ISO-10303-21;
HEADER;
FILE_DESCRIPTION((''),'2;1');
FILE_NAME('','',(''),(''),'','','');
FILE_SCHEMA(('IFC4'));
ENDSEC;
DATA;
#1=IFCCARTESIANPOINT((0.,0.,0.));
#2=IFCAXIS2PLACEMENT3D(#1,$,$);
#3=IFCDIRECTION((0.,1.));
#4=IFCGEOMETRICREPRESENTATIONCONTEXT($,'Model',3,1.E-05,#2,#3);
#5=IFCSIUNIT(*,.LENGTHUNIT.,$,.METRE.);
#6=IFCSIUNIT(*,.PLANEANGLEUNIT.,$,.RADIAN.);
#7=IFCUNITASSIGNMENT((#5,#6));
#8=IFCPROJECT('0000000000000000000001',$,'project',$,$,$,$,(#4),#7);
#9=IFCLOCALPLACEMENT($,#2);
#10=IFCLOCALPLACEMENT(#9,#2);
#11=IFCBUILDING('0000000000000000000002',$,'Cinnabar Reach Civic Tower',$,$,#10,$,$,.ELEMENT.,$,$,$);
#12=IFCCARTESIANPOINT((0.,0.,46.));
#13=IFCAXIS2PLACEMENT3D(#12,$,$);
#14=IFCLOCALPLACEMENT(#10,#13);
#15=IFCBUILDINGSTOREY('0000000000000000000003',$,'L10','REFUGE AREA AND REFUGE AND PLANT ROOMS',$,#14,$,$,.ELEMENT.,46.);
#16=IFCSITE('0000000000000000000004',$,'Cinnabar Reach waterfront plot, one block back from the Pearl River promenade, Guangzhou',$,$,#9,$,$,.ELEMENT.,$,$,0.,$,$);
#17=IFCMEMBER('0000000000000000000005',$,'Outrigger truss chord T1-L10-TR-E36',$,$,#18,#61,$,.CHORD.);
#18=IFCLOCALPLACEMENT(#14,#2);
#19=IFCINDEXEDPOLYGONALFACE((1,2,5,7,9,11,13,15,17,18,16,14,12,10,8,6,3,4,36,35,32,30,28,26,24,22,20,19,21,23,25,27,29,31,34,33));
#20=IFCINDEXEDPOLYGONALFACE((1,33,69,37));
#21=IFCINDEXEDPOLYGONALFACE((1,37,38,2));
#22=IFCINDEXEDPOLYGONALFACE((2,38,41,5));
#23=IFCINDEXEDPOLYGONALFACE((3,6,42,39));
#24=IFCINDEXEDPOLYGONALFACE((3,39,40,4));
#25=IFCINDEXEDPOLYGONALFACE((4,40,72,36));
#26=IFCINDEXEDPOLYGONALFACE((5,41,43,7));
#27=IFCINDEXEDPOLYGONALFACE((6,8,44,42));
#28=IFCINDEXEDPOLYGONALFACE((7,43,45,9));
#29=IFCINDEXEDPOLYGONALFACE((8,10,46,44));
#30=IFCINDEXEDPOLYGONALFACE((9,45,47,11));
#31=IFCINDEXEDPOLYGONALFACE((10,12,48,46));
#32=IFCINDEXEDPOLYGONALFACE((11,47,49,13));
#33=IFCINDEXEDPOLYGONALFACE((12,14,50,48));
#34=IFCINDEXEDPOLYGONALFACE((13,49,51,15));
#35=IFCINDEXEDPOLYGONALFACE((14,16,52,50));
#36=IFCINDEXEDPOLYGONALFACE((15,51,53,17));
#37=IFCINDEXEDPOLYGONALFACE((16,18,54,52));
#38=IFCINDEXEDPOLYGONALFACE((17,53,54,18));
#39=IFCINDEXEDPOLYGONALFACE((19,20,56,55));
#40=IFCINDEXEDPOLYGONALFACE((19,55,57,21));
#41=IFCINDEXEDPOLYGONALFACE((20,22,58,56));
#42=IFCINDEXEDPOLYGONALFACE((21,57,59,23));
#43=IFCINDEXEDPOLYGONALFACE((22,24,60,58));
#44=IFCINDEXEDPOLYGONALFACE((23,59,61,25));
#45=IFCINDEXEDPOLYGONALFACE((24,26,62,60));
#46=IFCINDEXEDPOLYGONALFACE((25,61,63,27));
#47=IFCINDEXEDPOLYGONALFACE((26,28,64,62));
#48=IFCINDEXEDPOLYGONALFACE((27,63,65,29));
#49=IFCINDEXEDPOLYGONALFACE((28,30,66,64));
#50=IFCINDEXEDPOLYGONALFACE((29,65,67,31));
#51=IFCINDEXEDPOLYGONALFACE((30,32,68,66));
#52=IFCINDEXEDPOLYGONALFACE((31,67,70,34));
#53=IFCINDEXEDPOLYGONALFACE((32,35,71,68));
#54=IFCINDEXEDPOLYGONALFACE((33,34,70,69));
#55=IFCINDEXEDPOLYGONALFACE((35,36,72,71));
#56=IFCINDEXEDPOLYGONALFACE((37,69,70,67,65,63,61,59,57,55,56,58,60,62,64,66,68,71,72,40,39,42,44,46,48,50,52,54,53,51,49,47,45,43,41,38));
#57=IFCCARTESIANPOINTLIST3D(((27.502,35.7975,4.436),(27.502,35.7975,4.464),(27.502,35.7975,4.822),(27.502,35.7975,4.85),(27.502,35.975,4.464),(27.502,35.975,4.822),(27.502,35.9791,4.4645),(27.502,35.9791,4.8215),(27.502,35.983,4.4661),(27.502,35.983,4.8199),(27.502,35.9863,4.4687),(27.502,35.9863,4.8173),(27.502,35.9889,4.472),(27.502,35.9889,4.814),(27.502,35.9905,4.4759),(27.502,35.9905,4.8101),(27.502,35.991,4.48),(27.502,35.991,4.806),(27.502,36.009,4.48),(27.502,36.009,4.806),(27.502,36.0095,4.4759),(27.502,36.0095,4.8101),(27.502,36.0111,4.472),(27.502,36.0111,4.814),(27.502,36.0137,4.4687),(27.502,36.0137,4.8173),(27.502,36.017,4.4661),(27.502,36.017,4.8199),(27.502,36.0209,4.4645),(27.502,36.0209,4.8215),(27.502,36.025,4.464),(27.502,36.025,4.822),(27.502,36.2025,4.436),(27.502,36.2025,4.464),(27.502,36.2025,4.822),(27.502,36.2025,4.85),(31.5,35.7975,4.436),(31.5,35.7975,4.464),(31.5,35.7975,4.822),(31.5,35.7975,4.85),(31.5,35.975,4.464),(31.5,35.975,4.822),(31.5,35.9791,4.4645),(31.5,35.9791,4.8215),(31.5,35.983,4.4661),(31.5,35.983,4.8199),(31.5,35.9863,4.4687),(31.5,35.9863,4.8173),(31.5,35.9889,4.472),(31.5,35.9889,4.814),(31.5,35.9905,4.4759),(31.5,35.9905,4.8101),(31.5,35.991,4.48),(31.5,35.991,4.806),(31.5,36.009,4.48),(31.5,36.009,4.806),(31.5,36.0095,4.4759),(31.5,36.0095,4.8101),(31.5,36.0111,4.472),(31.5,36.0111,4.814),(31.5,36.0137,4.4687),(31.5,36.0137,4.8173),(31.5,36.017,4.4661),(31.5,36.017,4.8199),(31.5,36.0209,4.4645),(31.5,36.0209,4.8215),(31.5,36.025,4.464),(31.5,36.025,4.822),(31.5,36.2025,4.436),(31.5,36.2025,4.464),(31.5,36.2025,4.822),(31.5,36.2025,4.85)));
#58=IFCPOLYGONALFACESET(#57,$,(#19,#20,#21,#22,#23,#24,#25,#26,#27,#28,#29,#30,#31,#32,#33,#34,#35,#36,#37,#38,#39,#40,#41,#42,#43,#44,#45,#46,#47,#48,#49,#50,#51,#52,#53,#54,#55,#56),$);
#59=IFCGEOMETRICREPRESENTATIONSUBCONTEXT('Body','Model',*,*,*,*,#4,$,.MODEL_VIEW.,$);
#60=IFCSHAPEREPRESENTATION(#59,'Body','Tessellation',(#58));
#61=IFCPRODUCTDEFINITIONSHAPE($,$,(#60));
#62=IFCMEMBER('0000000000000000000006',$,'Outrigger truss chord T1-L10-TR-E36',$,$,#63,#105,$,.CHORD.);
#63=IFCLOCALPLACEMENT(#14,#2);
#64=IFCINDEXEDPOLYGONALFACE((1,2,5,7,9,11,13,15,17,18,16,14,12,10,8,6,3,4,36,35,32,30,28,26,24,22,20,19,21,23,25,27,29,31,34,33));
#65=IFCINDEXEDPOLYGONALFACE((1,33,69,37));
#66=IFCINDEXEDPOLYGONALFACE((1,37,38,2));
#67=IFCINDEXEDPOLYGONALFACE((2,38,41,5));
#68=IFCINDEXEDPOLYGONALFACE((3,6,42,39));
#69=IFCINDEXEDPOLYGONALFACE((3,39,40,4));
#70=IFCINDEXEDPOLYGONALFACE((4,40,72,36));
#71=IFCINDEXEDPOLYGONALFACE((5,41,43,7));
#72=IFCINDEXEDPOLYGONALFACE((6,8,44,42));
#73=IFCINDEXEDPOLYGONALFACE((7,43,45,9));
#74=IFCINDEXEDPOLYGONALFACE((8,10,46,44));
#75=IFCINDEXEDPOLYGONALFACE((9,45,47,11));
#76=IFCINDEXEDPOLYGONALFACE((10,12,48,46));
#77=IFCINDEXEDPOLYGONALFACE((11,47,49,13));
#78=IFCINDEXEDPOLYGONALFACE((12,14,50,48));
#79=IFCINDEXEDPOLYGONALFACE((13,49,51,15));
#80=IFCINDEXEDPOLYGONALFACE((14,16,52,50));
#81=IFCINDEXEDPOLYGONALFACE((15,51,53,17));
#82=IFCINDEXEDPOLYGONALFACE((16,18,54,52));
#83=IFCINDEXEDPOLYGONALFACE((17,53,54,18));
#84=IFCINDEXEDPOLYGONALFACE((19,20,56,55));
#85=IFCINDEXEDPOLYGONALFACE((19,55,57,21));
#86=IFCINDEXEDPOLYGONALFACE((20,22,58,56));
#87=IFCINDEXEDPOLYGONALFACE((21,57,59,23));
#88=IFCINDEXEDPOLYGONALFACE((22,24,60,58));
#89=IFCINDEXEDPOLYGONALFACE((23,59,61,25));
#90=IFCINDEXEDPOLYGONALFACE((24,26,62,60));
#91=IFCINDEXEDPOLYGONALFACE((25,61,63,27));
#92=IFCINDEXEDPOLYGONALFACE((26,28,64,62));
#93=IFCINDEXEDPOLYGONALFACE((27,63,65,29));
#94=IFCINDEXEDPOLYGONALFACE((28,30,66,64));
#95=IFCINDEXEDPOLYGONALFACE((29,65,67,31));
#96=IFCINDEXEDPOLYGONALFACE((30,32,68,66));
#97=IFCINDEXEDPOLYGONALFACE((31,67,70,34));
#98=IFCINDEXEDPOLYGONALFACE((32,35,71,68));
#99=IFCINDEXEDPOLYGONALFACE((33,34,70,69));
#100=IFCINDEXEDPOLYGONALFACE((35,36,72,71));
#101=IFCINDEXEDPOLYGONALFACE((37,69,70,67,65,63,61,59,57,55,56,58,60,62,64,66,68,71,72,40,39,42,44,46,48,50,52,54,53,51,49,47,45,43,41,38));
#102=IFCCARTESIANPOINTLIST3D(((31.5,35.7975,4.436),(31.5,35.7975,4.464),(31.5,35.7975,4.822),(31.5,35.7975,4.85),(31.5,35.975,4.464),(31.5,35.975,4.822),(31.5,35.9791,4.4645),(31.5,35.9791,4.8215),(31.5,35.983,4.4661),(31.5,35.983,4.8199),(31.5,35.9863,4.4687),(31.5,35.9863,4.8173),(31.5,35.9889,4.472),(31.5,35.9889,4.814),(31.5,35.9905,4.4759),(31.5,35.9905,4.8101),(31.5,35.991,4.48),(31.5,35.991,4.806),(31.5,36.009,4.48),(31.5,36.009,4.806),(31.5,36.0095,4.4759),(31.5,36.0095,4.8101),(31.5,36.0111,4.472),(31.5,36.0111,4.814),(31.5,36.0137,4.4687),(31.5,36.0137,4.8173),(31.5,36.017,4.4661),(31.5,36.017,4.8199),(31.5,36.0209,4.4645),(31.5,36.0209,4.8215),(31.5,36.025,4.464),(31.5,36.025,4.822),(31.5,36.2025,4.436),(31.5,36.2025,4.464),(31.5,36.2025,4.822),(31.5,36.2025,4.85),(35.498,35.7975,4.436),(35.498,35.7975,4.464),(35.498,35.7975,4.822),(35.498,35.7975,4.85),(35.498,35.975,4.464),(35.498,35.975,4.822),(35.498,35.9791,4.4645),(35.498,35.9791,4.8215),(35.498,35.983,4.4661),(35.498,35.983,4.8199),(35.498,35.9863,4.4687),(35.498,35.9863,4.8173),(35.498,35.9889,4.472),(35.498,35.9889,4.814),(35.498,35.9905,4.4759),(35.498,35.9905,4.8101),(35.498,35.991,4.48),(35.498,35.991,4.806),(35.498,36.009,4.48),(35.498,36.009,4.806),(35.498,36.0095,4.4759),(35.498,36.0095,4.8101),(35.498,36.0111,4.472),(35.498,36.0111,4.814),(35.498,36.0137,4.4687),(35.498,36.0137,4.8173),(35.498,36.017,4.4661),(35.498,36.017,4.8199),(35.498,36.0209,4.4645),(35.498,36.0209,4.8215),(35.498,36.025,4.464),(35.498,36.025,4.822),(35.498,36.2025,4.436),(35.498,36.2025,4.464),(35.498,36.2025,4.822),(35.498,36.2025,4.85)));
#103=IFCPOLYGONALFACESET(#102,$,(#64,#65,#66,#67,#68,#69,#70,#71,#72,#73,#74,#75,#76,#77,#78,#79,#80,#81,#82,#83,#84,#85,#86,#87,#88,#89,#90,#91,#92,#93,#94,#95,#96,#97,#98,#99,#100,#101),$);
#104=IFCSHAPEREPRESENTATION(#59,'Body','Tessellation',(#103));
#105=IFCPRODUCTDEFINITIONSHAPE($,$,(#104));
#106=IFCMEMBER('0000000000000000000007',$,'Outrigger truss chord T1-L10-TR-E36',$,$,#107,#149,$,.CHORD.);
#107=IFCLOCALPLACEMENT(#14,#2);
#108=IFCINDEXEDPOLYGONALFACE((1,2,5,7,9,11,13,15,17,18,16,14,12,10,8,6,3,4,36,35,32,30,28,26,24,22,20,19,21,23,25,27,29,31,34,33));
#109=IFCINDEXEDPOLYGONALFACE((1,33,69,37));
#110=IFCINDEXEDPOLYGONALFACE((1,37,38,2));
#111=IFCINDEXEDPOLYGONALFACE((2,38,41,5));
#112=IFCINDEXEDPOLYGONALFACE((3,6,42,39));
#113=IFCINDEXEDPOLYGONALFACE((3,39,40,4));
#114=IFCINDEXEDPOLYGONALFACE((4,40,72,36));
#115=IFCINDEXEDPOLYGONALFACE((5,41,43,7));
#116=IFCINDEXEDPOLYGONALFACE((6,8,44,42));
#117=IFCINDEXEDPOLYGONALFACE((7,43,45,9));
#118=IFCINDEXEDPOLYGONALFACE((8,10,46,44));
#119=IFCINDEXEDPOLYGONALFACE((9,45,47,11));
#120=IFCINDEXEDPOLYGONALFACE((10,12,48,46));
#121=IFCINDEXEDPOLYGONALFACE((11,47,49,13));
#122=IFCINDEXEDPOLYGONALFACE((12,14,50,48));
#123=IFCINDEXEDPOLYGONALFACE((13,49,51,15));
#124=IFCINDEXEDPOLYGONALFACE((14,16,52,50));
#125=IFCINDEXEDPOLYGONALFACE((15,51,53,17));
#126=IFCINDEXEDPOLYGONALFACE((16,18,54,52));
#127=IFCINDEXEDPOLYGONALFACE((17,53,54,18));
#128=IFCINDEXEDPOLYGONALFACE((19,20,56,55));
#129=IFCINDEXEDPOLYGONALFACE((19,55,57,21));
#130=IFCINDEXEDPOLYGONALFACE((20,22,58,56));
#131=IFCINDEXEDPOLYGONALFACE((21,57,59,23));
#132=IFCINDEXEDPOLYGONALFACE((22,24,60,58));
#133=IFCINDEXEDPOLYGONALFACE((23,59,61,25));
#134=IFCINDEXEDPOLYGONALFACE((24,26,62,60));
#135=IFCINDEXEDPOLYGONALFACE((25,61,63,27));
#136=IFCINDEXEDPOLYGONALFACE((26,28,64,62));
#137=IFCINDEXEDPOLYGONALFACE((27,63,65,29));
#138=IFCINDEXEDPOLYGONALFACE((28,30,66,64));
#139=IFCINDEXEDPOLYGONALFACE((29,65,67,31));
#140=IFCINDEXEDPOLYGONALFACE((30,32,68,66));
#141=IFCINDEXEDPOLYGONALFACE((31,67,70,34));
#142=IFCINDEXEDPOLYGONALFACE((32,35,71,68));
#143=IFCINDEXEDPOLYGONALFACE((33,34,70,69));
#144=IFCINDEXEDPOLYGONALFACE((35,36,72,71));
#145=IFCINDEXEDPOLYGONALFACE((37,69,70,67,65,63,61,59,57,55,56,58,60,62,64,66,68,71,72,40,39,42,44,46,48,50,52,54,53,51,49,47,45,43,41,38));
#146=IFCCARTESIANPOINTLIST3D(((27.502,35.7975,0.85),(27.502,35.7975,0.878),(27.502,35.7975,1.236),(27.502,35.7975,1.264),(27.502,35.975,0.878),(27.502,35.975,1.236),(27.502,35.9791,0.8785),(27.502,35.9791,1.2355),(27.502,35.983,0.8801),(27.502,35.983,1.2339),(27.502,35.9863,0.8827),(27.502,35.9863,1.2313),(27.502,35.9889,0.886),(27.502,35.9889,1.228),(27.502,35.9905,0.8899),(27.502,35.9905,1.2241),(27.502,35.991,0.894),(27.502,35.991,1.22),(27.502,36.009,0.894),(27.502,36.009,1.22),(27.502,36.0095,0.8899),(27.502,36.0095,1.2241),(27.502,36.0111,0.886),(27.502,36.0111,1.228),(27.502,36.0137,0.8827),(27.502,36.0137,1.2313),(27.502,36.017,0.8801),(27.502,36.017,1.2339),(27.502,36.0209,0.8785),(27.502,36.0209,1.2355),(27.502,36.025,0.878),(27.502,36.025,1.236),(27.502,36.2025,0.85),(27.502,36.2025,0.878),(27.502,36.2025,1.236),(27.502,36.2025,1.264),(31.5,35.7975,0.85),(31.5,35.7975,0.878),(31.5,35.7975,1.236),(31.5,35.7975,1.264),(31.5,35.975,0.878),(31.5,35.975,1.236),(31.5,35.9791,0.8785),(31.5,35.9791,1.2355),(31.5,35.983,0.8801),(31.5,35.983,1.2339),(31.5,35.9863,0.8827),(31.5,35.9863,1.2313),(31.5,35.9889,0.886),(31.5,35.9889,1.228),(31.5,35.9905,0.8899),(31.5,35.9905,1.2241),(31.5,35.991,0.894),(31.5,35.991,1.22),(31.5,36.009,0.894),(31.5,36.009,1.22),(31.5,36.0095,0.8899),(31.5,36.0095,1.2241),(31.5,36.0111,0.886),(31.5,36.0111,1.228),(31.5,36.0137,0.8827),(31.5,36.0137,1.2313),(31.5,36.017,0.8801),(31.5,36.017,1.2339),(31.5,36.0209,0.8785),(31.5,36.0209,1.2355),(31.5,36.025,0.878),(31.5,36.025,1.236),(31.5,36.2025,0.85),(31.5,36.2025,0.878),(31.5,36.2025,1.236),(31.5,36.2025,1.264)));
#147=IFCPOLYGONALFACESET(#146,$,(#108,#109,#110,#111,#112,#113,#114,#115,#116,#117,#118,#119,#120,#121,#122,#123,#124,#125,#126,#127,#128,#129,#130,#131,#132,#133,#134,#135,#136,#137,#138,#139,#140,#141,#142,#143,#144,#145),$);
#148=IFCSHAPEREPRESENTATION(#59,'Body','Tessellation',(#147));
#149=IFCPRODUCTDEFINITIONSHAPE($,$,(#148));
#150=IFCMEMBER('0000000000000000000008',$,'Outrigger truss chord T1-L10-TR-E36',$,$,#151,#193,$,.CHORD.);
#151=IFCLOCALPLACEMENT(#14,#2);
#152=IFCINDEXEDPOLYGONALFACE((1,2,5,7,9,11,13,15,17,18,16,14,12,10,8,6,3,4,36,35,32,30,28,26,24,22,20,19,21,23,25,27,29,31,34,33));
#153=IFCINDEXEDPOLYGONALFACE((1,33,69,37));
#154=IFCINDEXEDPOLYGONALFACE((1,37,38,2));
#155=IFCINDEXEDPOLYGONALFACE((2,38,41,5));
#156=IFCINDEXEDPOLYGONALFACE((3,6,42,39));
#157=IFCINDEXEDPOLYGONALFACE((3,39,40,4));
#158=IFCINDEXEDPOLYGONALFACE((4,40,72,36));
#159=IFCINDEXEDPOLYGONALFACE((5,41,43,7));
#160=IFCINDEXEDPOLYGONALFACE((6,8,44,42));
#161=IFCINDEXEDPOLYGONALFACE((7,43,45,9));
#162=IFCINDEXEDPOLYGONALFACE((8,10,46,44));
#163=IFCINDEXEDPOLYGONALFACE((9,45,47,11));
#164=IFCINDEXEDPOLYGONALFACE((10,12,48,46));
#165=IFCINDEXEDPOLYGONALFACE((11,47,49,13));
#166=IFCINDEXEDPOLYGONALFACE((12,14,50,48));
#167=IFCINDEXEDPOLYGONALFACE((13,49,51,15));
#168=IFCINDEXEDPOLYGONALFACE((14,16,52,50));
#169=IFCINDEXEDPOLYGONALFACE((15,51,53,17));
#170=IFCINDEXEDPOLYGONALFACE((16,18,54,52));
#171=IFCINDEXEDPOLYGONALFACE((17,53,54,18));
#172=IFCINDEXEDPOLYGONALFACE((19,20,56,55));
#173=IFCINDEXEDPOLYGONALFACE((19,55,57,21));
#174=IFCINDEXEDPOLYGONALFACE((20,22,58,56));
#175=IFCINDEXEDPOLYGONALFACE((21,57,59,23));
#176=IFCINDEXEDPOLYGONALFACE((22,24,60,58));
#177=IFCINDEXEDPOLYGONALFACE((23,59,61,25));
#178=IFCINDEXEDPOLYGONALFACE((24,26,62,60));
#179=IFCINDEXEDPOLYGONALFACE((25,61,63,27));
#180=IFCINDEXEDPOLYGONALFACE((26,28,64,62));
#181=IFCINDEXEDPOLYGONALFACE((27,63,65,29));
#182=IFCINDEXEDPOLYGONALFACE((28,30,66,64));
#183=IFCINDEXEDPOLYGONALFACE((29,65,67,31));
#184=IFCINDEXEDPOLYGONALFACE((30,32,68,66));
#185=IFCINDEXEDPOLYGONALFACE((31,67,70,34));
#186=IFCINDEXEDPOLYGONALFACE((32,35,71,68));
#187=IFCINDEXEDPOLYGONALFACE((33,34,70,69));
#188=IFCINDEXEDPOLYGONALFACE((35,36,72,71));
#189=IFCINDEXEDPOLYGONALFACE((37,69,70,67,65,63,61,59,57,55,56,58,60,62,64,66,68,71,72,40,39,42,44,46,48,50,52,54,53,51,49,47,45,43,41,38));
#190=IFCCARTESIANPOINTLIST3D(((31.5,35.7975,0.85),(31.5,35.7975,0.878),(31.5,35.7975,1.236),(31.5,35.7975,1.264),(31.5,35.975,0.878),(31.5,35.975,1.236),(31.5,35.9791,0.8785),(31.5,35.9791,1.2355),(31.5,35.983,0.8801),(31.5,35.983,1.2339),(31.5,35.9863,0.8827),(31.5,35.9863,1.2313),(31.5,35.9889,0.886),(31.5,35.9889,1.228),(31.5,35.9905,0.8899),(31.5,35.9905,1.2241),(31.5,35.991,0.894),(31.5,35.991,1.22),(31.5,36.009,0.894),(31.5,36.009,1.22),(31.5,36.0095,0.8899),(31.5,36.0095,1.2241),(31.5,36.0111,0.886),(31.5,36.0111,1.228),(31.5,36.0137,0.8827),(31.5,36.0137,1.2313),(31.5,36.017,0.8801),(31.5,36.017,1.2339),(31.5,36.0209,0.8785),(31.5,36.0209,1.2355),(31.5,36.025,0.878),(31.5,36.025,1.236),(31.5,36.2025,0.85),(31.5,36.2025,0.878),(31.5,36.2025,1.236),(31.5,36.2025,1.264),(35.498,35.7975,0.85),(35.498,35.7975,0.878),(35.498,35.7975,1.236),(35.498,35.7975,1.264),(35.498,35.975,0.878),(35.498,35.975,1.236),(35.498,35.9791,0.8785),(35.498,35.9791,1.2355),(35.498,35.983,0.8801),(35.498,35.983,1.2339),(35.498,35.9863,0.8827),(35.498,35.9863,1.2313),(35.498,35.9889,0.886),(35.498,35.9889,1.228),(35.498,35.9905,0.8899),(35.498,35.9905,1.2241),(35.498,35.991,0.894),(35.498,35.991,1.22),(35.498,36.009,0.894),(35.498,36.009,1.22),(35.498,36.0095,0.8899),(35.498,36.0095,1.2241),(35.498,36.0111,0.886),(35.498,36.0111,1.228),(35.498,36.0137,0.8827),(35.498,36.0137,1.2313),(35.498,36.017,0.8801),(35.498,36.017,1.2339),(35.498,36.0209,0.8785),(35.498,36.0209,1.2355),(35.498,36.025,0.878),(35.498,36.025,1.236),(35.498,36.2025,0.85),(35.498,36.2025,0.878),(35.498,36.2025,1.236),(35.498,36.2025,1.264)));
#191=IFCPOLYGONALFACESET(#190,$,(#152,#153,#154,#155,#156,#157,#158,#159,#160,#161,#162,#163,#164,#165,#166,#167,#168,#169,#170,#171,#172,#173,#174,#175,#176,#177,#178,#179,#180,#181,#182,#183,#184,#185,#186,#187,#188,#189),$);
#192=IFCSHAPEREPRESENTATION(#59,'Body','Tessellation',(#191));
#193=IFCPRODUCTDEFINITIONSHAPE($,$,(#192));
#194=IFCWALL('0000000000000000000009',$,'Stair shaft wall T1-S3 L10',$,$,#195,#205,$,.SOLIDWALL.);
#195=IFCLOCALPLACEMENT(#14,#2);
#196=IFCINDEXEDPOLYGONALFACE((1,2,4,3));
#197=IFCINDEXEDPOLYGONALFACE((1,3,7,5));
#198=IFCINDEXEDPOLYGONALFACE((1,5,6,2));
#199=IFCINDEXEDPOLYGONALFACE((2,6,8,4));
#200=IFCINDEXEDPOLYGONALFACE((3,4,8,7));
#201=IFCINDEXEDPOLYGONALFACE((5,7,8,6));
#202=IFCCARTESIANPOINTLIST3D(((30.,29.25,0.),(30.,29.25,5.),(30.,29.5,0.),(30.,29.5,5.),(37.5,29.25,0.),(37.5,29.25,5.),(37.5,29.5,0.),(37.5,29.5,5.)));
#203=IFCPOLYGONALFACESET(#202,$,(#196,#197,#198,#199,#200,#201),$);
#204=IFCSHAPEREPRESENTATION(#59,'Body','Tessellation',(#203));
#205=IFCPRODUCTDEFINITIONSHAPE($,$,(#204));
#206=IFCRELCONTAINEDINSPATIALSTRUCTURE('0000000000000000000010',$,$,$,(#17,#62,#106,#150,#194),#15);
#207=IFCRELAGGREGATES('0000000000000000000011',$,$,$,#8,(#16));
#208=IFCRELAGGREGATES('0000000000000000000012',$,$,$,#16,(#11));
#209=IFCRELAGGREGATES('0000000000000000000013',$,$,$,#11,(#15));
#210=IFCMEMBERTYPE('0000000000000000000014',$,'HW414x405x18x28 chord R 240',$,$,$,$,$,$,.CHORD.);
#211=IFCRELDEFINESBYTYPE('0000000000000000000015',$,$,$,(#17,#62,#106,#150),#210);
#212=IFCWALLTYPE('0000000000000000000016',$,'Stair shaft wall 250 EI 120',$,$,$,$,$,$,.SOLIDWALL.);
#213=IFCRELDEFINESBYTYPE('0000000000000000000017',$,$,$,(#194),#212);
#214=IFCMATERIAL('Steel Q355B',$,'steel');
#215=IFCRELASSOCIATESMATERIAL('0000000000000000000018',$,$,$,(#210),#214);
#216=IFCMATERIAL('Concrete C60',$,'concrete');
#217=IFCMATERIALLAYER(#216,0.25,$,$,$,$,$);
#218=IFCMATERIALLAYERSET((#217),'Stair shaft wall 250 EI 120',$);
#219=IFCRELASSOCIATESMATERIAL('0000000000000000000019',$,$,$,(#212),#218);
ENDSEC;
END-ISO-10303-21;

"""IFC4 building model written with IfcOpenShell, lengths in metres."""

from ifc_helpers import new_model, si_unit, direction, frame, frame_2d, origin, origin_2d, place, context, subcontext, project, spatial, rectangle, i_section, extrude, material, layer, layer_set, material_profile, profile_set, type_object, element, save


model = new_model("IFC4")

# Units and contexts
model_context = context("Model", 3, precision=1e-05, world=origin(), true_north=direction((0.0, 1.0)))
body_context = subcontext(model_context, "Body", "Model", "MODEL_VIEW")
ifc_project = project(units=[si_unit("LENGTHUNIT", "METRE"), si_unit("PLANEANGLEUNIT", "RADIAN")], contexts=[model_context])

# Site, building, storey
site_placement = place(None, origin())
site = spatial("IfcSite", under=ifc_project, at=site_placement, Name="Cinnabar Reach waterfront plot, one block back from the Pearl River promenade, Guangzhou", CompositionType="ELEMENT", RefElevation=0.0)
building_placement = place(site_placement, origin())
building = spatial("IfcBuilding", under=site, at=building_placement, Name="Cinnabar Reach Civic Tower", CompositionType="ELEMENT")
storey_placement = place(building_placement, frame((0.0, 0.0, 46.0)))
storey = spatial("IfcBuildingStorey", under=building, at=storey_placement, Name="L10", Description="REFUGE AREA AND REFUGE AND PLANT ROOMS", CompositionType="ELEMENT", Elevation=46.0)

# Shared definitions
ifc_material_1 = material(Name="Steel Q355B", Category="steel")

# Members
ifc_material_profile_1 = material_profile(ifc_material_1, i_section(OverallWidth=0.405, OverallDepth=0.414, WebThickness=0.018, FlangeThickness=0.028, FilletRadius=0.016, at=origin_2d()), Name="HW414x405x18x28")
ifc_profile_set_1 = profile_set([ifc_material_profile_1], Name="Steel Q355B")
member_type_1 = type_object("IfcMemberType", Name="HW414x405x18x28 chord R 240", PredefinedType="CHORD", material=ifc_profile_set_1)
for number, where, z_axis, x_axis, name in (
    (1, (27.502, 36.0, 4.643), (1.0, 0.0, 0.0), (0.0, 1.0, 0.0), "Outrigger truss chord T1-L10-TR-E36"),
    (2, (31.5, 36.0, 4.643), (1.0, 0.0, 0.0), (0.0, 1.0, 0.0), "Outrigger truss chord T1-L10-TR-E36"),
    (3, (27.502, 36.0, 1.057), (1.0, 0.0, 0.0), (0.0, 1.0, 0.0), "Outrigger truss chord T1-L10-TR-E36"),
    (4, (31.5, 36.0, 1.057), (1.0, 0.0, 0.0), (0.0, 1.0, 0.0), "Outrigger truss chord T1-L10-TR-E36"),
):
    element("IfcMember", number, at=place(storey_placement, frame(where, z_axis=z_axis, x_axis=x_axis)), inside=storey, type_object=member_type_1, Name=name, PredefinedType="CHORD", context=body_context, shape_type="SweptSolid", body=[
        extrude(i_section(OverallWidth=0.405, OverallDepth=0.414, WebThickness=0.018, FlangeThickness=0.028, FilletRadius=0.016, at=origin_2d()), origin(), (0.0, 0.0, 1.0), 3.998),
    ])

# Wall
ifc_material_2 = material(Name="Concrete C60", Category="concrete")
ifc_layer = layer(ifc_material_2, 0.25)
ifc_layer_set = layer_set([ifc_layer], Name="Stair shaft wall 250 EI 120")
wall_type = type_object("IfcWallType", Name="Stair shaft wall 250 EI 120", PredefinedType="SOLIDWALL", material=ifc_layer_set)
wall_1_placement = place(storey_placement, frame((30.0, 29.375, 0.0), z_axis=(0.0, 0.0, 1.0), x_axis=(1.0, 0.0, 0.0)))
element("IfcWall", 5, at=wall_1_placement, inside=storey, type_object=wall_type, Name="Stair shaft wall T1-S3 L10", PredefinedType="SOLIDWALL", context=body_context, shape_type="SweptSolid", body=[
    extrude(rectangle(XDim=7.5, YDim=0.25, at=frame_2d((3.75, 0.0))), origin(), (0.0, 0.0, 1.0), 5.0),
])

save(model, "model.ifc")
